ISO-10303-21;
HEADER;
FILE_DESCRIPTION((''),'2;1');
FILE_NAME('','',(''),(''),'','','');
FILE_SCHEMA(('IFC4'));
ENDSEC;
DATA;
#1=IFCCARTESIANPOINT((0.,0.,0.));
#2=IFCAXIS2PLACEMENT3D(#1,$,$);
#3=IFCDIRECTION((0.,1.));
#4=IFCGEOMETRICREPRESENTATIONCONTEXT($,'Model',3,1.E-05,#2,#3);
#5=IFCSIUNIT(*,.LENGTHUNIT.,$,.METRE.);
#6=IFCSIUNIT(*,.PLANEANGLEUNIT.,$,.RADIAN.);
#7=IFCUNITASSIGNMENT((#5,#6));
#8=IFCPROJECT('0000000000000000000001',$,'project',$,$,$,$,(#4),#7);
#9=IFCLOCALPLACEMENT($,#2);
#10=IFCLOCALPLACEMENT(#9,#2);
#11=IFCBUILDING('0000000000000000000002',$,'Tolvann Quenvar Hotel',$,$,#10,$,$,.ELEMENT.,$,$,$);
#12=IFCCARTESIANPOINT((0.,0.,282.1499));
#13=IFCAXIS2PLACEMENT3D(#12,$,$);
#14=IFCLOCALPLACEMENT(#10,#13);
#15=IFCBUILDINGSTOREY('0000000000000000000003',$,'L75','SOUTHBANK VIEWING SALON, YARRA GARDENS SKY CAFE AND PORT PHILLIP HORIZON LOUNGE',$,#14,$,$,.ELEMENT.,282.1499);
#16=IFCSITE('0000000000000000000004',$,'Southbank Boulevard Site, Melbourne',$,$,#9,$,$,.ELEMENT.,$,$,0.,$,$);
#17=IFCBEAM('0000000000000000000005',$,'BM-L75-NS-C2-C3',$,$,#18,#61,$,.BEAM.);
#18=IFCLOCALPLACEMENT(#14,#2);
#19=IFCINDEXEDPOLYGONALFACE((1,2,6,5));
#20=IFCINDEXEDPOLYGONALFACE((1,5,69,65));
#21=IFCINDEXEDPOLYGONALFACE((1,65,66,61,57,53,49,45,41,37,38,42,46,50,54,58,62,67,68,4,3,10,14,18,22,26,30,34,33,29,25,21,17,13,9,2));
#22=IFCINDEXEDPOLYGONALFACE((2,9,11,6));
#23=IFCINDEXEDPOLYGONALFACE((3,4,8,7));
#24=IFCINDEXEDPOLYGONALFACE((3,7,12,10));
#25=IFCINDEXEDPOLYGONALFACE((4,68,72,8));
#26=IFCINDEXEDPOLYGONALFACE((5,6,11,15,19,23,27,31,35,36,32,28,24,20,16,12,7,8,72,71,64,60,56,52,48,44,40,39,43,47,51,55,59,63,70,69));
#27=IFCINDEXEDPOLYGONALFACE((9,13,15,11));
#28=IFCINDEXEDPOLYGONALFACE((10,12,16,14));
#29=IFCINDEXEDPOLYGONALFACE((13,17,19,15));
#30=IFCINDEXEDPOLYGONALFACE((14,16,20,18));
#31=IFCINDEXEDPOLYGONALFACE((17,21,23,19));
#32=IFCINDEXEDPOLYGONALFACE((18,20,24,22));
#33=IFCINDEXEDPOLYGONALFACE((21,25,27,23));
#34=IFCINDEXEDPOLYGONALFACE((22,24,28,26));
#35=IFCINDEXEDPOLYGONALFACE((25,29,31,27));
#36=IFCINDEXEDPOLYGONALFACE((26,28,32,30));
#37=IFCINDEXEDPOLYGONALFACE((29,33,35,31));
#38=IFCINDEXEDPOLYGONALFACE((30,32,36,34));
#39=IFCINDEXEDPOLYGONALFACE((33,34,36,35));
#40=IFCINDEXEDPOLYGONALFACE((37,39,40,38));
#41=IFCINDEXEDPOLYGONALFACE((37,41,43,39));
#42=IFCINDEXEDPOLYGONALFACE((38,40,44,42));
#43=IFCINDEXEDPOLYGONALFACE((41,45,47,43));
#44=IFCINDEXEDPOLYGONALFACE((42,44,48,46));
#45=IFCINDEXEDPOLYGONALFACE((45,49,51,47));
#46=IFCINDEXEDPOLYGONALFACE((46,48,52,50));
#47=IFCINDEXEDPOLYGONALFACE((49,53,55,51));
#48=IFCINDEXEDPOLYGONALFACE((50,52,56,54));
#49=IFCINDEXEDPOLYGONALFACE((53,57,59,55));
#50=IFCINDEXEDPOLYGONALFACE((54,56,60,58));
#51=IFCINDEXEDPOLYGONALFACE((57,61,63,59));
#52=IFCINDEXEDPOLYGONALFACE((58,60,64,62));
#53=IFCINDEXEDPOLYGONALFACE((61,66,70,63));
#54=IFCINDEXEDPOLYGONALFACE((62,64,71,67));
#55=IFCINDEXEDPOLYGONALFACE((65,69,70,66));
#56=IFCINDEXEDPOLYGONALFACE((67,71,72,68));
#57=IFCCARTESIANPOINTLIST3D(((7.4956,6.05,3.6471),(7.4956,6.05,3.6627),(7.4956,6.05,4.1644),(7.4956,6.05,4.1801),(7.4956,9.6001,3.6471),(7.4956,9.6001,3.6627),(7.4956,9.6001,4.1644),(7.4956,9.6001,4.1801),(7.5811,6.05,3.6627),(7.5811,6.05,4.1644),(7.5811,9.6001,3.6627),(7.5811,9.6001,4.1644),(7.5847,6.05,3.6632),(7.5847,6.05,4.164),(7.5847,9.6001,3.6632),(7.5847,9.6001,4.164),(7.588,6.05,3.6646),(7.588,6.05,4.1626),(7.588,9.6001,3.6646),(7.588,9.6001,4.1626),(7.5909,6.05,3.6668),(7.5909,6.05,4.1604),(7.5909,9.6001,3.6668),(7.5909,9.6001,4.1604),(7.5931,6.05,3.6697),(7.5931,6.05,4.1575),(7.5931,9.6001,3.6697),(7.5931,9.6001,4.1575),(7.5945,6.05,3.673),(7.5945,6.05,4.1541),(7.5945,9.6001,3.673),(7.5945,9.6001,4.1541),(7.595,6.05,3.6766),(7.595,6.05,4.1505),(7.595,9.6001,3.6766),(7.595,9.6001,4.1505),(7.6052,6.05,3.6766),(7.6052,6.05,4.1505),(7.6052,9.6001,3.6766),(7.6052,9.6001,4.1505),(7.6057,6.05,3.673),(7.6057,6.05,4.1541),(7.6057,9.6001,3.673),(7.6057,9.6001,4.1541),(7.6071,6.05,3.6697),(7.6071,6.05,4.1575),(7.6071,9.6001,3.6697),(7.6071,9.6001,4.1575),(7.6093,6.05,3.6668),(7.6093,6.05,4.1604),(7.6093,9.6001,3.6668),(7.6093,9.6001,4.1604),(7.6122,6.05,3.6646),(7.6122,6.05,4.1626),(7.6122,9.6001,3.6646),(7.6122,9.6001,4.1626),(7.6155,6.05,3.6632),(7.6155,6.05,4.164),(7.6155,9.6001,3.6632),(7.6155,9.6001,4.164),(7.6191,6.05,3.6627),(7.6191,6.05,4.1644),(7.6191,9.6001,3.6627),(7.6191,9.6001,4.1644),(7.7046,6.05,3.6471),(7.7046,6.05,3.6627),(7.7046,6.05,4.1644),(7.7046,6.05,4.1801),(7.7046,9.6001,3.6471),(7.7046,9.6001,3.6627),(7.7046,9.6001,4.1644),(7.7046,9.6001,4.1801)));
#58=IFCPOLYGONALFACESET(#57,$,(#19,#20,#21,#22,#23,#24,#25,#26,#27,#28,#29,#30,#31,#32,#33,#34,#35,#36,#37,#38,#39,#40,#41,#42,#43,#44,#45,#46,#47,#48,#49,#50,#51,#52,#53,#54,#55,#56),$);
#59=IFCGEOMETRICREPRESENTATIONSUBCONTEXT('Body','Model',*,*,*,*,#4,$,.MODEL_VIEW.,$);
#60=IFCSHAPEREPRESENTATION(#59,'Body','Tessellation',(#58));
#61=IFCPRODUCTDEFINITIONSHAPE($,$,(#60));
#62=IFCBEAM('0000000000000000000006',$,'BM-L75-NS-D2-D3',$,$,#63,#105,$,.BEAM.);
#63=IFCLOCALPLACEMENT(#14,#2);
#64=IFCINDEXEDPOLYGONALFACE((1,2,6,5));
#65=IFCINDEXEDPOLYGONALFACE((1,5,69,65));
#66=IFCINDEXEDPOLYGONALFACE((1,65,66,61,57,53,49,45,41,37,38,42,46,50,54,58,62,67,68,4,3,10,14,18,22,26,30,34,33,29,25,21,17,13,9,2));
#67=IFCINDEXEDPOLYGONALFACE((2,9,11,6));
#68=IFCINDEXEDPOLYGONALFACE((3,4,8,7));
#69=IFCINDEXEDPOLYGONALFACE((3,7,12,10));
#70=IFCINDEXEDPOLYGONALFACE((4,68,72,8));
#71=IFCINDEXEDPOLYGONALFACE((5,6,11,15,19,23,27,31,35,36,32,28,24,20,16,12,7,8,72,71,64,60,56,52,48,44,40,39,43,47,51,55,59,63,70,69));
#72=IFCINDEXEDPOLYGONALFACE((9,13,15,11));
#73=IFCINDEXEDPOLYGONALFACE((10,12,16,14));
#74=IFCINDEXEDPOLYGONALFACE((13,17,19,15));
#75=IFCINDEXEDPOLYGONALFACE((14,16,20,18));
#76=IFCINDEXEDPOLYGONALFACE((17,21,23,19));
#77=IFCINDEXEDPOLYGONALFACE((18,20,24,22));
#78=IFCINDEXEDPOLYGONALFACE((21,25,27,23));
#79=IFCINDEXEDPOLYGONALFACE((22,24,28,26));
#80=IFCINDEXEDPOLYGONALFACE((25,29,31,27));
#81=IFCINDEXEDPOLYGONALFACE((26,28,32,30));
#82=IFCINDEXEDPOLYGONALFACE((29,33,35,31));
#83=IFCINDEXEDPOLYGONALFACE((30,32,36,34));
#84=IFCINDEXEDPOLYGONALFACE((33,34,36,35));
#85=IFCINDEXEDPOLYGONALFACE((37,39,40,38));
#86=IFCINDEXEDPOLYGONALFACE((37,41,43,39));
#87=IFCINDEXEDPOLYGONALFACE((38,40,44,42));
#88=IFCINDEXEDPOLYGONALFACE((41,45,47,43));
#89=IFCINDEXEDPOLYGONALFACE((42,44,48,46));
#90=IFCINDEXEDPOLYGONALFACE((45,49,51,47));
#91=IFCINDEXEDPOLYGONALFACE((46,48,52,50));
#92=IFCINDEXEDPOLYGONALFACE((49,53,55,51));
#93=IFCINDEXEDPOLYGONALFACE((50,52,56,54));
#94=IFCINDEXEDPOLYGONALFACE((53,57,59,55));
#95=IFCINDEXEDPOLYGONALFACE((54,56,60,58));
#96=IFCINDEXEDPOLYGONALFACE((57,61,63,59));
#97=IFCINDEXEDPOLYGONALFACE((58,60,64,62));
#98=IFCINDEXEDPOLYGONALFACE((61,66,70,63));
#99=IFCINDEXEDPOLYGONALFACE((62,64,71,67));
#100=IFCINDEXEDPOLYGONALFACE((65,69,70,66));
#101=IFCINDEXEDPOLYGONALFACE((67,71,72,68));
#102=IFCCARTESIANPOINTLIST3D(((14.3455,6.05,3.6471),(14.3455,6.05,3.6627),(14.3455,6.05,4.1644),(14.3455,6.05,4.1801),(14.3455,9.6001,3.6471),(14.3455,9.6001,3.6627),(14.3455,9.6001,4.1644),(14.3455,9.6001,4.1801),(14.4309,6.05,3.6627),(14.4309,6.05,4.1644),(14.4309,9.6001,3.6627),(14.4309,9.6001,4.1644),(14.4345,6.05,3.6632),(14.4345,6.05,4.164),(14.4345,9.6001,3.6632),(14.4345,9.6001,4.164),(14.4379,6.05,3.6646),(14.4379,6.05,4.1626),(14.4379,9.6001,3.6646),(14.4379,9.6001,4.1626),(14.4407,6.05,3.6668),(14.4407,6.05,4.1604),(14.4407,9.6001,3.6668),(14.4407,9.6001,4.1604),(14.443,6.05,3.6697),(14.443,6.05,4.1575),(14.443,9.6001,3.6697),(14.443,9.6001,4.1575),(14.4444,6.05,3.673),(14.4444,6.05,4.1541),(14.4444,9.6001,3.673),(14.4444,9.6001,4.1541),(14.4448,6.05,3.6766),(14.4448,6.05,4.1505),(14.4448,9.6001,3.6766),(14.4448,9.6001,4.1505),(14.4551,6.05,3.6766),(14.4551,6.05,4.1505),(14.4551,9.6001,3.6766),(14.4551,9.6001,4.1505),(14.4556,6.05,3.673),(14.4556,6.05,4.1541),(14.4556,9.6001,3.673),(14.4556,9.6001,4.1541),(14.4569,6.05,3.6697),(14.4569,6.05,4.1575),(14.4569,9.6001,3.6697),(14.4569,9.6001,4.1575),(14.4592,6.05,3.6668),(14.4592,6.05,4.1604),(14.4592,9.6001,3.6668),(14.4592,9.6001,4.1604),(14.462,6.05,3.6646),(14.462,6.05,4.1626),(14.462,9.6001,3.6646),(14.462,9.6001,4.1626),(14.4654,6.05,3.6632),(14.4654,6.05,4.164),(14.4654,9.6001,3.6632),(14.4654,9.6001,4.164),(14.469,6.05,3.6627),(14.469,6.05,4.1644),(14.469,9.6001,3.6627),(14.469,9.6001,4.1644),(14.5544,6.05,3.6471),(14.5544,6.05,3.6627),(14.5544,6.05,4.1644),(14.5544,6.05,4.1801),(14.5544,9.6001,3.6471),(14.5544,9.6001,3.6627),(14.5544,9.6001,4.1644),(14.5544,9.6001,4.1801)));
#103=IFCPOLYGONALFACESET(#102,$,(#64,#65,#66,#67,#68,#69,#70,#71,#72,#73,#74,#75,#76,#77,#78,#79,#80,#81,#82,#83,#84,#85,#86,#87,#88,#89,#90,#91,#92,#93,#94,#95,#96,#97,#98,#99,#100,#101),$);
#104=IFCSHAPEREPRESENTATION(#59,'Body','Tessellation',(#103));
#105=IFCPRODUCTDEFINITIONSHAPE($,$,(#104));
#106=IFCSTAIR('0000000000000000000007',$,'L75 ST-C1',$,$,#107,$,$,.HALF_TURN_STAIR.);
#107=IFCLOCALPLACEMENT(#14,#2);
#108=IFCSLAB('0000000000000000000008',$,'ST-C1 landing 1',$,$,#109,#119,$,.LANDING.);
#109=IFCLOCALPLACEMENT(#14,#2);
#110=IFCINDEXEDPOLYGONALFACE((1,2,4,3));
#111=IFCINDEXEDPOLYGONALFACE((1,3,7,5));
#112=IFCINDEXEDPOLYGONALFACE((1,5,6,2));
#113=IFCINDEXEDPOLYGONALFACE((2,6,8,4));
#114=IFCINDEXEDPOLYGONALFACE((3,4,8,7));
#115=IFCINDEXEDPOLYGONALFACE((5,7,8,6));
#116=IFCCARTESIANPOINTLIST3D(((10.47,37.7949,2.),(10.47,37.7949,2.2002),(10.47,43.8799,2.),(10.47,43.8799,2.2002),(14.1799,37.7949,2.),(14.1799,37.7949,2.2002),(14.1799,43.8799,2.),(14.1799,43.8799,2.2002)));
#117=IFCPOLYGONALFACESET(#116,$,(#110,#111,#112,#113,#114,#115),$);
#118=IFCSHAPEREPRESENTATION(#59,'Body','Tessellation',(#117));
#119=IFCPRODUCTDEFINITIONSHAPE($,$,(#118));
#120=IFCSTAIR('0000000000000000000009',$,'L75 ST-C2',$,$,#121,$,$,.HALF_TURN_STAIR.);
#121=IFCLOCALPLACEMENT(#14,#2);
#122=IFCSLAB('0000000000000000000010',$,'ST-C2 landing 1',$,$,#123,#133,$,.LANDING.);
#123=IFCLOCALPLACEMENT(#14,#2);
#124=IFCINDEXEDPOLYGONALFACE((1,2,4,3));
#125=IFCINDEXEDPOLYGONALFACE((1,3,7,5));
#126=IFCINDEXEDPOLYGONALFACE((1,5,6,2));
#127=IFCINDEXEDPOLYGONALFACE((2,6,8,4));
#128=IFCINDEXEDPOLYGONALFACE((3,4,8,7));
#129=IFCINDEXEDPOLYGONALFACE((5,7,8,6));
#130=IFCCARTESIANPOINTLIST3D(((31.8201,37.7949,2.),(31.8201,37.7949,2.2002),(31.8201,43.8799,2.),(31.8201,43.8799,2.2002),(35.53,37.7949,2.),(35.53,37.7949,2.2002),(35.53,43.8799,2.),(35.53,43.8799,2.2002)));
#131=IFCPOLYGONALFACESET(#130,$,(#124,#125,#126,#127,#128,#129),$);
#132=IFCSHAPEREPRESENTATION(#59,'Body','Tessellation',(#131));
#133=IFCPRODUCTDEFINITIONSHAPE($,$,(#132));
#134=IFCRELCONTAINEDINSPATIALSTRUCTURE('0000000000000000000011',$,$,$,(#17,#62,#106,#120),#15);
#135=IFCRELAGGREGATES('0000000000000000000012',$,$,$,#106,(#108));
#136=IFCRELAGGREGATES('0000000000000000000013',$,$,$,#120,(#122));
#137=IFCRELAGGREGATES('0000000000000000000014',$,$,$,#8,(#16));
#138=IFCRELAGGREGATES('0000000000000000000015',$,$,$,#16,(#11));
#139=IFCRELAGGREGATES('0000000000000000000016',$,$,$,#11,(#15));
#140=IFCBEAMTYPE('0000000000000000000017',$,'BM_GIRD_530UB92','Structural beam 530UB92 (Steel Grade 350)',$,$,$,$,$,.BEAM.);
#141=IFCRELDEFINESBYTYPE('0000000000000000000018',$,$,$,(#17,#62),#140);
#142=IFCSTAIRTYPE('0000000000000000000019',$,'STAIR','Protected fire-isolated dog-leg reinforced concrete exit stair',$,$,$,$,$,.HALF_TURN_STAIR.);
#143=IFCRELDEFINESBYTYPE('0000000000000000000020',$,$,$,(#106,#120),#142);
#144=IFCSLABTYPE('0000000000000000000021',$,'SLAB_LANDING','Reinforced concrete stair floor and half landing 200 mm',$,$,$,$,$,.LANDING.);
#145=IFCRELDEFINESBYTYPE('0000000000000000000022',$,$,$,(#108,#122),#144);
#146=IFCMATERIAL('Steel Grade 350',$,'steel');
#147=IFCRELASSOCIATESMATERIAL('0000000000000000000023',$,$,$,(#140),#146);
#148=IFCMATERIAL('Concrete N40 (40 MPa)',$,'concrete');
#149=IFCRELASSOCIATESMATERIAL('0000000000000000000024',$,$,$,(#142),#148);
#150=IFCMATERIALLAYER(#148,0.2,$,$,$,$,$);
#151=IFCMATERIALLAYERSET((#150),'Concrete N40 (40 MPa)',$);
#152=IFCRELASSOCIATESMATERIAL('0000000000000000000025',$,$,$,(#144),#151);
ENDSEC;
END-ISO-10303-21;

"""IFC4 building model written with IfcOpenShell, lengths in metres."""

from ifc_helpers import new_model, si_unit, direction, frame, origin, origin_2d, place, context, subcontext, project, spatial, polyline, i_section, outline, extrude, source, transform, mapped, material, layer, layer_set, material_profile, profile_set, type_object, element, aggregate, save


model = new_model("IFC4")

# Units and contexts
model_context = context("Model", 3, precision=1e-05, world=origin(), true_north=direction((0.0, 1.0)))
body_context = subcontext(model_context, "Body", "Model", "MODEL_VIEW")
ifc_project = project(units=[si_unit("LENGTHUNIT", "METRE"), si_unit("PLANEANGLEUNIT", "RADIAN")], contexts=[model_context])

# Site, building, storey
site_placement = place(None, origin())
site = spatial("IfcSite", under=ifc_project, at=site_placement, Name="Southbank Boulevard Site, Melbourne", CompositionType="ELEMENT", RefElevation=0.0)
building_placement = place(site_placement, origin())
building = spatial("IfcBuilding", under=site, at=building_placement, Name="Tolvann Quenvar Hotel", CompositionType="ELEMENT")
storey_placement = place(building_placement, frame((0.0, 0.0, 282.1499)))
storey = spatial("IfcBuildingStorey", under=building, at=storey_placement, Name="L75", Description="SOUTHBANK VIEWING SALON, YARRA GARDENS SKY CAFE AND PORT PHILLIP HORIZON LOUNGE", CompositionType="ELEMENT", Elevation=282.1499)

# Shared definitions
ifc_material_1 = material(Name="Steel Grade 350", Category="steel")

# Beams
ifc_material_profile_1 = material_profile(ifc_material_1, i_section(OverallWidth=0.209, OverallDepth=0.533, WebThickness=0.0103, FlangeThickness=0.0156, FilletRadius=0.0139, at=origin_2d()), Name="530UB92")
ifc_profile_set_1 = profile_set([ifc_material_profile_1], Name="Steel Grade 350")
beam_type_1 = type_object("IfcBeamType", Name="BM_GIRD_530UB92", Description="Structural beam 530UB92 (Steel Grade 350)", PredefinedType="BEAM", material=ifc_profile_set_1)
shared_shape_1 = source(origin(), body_context, "Body", "SweptSolid", [
    extrude(i_section(OverallWidth=0.209, OverallDepth=0.533, WebThickness=0.0103, FlangeThickness=0.0156, FilletRadius=0.0139, at=origin_2d()), origin(), (0.0, 0.0, 1.0), 3.55),
])
for number, where, z_axis, x_axis, name in (
    (1, (7.6001, 6.05, 3.9136), (0.0, 1.0, 0.0), (-1.0, 0.0, 0.0), "BM-L75-NS-C2-C3"),
    (2, (14.45, 6.05, 3.9136), (0.0, 1.0, 0.0), (-1.0, 0.0, 0.0), "BM-L75-NS-D2-D3"),
):
    element("IfcBeam", number, at=place(storey_placement, frame(where, z_axis=z_axis, x_axis=x_axis)), inside=storey, type_object=beam_type_1, Name=name, PredefinedType="BEAM", context=body_context, shape_type="MappedRepresentation", body=[
        mapped(shared_shape_1, transform((0.0, 0.0, 0.0), x_axis=(1.0, 0.0, 0.0), y_axis=(0.0, 1.0, 0.0), z_axis=(0.0, 0.0, 1.0), scale=1.0)),
    ])

# Stairs, slabs
ifc_material_2 = material(Name="Concrete N40 (40 MPa)", Category="concrete")
stair_type = type_object("IfcStairType", Name="STAIR", Description="Protected fire-isolated dog-leg reinforced concrete exit stair", PredefinedType="HALF_TURN_STAIR", material=ifc_material_2)
stair_1_placement = place(storey_placement, origin())
stair_1 = element("IfcStair", 3, at=stair_1_placement, inside=storey, type_object=stair_type, Name="L75 ST-C1", PredefinedType="HALF_TURN_STAIR")
ifc_layer_1 = layer(ifc_material_2, 0.2)
ifc_layer_set_1 = layer_set([ifc_layer_1], Name="Concrete N40 (40 MPa)")
slab_type_1 = type_object("IfcSlabType", Name="SLAB_LANDING", Description="Reinforced concrete stair floor and half landing 200 mm", PredefinedType="LANDING", material=ifc_layer_set_1)
slab_1_placement = place(storey_placement, frame((0.0, 0.0, 2.0)))
slab_1 = element("IfcSlab", 4, at=slab_1_placement, type_object=slab_type_1, Name="ST-C1 landing 1", PredefinedType="LANDING", context=body_context, shape_type="SweptSolid", body=[
    extrude(outline(polyline([(14.1799, 37.7949), (14.1799, 43.8799), (10.47, 43.8799), (10.47, 37.7949), (14.1799, 37.7949)])), origin(), (0.0, 0.0, 1.0), 0.2002),
])
aggregate(stair_1, [slab_1])
stair_2_placement = place(storey_placement, origin())
stair_2 = element("IfcStair", 5, at=stair_2_placement, inside=storey, type_object=stair_type, Name="L75 ST-C2", PredefinedType="HALF_TURN_STAIR")
slab_2_placement = place(storey_placement, frame((0.0, 0.0, 2.0)))
slab_2 = element("IfcSlab", 6, at=slab_2_placement, type_object=slab_type_1, Name="ST-C2 landing 1", PredefinedType="LANDING", context=body_context, shape_type="SweptSolid", body=[
    extrude(outline(polyline([(35.53, 37.7949), (35.53, 43.8799), (31.8201, 43.8799), (31.8201, 37.7949), (35.53, 37.7949)])), origin(), (0.0, 0.0, 1.0), 0.2002),
])
aggregate(stair_2, [slab_2])

save(model, "model.ifc")
